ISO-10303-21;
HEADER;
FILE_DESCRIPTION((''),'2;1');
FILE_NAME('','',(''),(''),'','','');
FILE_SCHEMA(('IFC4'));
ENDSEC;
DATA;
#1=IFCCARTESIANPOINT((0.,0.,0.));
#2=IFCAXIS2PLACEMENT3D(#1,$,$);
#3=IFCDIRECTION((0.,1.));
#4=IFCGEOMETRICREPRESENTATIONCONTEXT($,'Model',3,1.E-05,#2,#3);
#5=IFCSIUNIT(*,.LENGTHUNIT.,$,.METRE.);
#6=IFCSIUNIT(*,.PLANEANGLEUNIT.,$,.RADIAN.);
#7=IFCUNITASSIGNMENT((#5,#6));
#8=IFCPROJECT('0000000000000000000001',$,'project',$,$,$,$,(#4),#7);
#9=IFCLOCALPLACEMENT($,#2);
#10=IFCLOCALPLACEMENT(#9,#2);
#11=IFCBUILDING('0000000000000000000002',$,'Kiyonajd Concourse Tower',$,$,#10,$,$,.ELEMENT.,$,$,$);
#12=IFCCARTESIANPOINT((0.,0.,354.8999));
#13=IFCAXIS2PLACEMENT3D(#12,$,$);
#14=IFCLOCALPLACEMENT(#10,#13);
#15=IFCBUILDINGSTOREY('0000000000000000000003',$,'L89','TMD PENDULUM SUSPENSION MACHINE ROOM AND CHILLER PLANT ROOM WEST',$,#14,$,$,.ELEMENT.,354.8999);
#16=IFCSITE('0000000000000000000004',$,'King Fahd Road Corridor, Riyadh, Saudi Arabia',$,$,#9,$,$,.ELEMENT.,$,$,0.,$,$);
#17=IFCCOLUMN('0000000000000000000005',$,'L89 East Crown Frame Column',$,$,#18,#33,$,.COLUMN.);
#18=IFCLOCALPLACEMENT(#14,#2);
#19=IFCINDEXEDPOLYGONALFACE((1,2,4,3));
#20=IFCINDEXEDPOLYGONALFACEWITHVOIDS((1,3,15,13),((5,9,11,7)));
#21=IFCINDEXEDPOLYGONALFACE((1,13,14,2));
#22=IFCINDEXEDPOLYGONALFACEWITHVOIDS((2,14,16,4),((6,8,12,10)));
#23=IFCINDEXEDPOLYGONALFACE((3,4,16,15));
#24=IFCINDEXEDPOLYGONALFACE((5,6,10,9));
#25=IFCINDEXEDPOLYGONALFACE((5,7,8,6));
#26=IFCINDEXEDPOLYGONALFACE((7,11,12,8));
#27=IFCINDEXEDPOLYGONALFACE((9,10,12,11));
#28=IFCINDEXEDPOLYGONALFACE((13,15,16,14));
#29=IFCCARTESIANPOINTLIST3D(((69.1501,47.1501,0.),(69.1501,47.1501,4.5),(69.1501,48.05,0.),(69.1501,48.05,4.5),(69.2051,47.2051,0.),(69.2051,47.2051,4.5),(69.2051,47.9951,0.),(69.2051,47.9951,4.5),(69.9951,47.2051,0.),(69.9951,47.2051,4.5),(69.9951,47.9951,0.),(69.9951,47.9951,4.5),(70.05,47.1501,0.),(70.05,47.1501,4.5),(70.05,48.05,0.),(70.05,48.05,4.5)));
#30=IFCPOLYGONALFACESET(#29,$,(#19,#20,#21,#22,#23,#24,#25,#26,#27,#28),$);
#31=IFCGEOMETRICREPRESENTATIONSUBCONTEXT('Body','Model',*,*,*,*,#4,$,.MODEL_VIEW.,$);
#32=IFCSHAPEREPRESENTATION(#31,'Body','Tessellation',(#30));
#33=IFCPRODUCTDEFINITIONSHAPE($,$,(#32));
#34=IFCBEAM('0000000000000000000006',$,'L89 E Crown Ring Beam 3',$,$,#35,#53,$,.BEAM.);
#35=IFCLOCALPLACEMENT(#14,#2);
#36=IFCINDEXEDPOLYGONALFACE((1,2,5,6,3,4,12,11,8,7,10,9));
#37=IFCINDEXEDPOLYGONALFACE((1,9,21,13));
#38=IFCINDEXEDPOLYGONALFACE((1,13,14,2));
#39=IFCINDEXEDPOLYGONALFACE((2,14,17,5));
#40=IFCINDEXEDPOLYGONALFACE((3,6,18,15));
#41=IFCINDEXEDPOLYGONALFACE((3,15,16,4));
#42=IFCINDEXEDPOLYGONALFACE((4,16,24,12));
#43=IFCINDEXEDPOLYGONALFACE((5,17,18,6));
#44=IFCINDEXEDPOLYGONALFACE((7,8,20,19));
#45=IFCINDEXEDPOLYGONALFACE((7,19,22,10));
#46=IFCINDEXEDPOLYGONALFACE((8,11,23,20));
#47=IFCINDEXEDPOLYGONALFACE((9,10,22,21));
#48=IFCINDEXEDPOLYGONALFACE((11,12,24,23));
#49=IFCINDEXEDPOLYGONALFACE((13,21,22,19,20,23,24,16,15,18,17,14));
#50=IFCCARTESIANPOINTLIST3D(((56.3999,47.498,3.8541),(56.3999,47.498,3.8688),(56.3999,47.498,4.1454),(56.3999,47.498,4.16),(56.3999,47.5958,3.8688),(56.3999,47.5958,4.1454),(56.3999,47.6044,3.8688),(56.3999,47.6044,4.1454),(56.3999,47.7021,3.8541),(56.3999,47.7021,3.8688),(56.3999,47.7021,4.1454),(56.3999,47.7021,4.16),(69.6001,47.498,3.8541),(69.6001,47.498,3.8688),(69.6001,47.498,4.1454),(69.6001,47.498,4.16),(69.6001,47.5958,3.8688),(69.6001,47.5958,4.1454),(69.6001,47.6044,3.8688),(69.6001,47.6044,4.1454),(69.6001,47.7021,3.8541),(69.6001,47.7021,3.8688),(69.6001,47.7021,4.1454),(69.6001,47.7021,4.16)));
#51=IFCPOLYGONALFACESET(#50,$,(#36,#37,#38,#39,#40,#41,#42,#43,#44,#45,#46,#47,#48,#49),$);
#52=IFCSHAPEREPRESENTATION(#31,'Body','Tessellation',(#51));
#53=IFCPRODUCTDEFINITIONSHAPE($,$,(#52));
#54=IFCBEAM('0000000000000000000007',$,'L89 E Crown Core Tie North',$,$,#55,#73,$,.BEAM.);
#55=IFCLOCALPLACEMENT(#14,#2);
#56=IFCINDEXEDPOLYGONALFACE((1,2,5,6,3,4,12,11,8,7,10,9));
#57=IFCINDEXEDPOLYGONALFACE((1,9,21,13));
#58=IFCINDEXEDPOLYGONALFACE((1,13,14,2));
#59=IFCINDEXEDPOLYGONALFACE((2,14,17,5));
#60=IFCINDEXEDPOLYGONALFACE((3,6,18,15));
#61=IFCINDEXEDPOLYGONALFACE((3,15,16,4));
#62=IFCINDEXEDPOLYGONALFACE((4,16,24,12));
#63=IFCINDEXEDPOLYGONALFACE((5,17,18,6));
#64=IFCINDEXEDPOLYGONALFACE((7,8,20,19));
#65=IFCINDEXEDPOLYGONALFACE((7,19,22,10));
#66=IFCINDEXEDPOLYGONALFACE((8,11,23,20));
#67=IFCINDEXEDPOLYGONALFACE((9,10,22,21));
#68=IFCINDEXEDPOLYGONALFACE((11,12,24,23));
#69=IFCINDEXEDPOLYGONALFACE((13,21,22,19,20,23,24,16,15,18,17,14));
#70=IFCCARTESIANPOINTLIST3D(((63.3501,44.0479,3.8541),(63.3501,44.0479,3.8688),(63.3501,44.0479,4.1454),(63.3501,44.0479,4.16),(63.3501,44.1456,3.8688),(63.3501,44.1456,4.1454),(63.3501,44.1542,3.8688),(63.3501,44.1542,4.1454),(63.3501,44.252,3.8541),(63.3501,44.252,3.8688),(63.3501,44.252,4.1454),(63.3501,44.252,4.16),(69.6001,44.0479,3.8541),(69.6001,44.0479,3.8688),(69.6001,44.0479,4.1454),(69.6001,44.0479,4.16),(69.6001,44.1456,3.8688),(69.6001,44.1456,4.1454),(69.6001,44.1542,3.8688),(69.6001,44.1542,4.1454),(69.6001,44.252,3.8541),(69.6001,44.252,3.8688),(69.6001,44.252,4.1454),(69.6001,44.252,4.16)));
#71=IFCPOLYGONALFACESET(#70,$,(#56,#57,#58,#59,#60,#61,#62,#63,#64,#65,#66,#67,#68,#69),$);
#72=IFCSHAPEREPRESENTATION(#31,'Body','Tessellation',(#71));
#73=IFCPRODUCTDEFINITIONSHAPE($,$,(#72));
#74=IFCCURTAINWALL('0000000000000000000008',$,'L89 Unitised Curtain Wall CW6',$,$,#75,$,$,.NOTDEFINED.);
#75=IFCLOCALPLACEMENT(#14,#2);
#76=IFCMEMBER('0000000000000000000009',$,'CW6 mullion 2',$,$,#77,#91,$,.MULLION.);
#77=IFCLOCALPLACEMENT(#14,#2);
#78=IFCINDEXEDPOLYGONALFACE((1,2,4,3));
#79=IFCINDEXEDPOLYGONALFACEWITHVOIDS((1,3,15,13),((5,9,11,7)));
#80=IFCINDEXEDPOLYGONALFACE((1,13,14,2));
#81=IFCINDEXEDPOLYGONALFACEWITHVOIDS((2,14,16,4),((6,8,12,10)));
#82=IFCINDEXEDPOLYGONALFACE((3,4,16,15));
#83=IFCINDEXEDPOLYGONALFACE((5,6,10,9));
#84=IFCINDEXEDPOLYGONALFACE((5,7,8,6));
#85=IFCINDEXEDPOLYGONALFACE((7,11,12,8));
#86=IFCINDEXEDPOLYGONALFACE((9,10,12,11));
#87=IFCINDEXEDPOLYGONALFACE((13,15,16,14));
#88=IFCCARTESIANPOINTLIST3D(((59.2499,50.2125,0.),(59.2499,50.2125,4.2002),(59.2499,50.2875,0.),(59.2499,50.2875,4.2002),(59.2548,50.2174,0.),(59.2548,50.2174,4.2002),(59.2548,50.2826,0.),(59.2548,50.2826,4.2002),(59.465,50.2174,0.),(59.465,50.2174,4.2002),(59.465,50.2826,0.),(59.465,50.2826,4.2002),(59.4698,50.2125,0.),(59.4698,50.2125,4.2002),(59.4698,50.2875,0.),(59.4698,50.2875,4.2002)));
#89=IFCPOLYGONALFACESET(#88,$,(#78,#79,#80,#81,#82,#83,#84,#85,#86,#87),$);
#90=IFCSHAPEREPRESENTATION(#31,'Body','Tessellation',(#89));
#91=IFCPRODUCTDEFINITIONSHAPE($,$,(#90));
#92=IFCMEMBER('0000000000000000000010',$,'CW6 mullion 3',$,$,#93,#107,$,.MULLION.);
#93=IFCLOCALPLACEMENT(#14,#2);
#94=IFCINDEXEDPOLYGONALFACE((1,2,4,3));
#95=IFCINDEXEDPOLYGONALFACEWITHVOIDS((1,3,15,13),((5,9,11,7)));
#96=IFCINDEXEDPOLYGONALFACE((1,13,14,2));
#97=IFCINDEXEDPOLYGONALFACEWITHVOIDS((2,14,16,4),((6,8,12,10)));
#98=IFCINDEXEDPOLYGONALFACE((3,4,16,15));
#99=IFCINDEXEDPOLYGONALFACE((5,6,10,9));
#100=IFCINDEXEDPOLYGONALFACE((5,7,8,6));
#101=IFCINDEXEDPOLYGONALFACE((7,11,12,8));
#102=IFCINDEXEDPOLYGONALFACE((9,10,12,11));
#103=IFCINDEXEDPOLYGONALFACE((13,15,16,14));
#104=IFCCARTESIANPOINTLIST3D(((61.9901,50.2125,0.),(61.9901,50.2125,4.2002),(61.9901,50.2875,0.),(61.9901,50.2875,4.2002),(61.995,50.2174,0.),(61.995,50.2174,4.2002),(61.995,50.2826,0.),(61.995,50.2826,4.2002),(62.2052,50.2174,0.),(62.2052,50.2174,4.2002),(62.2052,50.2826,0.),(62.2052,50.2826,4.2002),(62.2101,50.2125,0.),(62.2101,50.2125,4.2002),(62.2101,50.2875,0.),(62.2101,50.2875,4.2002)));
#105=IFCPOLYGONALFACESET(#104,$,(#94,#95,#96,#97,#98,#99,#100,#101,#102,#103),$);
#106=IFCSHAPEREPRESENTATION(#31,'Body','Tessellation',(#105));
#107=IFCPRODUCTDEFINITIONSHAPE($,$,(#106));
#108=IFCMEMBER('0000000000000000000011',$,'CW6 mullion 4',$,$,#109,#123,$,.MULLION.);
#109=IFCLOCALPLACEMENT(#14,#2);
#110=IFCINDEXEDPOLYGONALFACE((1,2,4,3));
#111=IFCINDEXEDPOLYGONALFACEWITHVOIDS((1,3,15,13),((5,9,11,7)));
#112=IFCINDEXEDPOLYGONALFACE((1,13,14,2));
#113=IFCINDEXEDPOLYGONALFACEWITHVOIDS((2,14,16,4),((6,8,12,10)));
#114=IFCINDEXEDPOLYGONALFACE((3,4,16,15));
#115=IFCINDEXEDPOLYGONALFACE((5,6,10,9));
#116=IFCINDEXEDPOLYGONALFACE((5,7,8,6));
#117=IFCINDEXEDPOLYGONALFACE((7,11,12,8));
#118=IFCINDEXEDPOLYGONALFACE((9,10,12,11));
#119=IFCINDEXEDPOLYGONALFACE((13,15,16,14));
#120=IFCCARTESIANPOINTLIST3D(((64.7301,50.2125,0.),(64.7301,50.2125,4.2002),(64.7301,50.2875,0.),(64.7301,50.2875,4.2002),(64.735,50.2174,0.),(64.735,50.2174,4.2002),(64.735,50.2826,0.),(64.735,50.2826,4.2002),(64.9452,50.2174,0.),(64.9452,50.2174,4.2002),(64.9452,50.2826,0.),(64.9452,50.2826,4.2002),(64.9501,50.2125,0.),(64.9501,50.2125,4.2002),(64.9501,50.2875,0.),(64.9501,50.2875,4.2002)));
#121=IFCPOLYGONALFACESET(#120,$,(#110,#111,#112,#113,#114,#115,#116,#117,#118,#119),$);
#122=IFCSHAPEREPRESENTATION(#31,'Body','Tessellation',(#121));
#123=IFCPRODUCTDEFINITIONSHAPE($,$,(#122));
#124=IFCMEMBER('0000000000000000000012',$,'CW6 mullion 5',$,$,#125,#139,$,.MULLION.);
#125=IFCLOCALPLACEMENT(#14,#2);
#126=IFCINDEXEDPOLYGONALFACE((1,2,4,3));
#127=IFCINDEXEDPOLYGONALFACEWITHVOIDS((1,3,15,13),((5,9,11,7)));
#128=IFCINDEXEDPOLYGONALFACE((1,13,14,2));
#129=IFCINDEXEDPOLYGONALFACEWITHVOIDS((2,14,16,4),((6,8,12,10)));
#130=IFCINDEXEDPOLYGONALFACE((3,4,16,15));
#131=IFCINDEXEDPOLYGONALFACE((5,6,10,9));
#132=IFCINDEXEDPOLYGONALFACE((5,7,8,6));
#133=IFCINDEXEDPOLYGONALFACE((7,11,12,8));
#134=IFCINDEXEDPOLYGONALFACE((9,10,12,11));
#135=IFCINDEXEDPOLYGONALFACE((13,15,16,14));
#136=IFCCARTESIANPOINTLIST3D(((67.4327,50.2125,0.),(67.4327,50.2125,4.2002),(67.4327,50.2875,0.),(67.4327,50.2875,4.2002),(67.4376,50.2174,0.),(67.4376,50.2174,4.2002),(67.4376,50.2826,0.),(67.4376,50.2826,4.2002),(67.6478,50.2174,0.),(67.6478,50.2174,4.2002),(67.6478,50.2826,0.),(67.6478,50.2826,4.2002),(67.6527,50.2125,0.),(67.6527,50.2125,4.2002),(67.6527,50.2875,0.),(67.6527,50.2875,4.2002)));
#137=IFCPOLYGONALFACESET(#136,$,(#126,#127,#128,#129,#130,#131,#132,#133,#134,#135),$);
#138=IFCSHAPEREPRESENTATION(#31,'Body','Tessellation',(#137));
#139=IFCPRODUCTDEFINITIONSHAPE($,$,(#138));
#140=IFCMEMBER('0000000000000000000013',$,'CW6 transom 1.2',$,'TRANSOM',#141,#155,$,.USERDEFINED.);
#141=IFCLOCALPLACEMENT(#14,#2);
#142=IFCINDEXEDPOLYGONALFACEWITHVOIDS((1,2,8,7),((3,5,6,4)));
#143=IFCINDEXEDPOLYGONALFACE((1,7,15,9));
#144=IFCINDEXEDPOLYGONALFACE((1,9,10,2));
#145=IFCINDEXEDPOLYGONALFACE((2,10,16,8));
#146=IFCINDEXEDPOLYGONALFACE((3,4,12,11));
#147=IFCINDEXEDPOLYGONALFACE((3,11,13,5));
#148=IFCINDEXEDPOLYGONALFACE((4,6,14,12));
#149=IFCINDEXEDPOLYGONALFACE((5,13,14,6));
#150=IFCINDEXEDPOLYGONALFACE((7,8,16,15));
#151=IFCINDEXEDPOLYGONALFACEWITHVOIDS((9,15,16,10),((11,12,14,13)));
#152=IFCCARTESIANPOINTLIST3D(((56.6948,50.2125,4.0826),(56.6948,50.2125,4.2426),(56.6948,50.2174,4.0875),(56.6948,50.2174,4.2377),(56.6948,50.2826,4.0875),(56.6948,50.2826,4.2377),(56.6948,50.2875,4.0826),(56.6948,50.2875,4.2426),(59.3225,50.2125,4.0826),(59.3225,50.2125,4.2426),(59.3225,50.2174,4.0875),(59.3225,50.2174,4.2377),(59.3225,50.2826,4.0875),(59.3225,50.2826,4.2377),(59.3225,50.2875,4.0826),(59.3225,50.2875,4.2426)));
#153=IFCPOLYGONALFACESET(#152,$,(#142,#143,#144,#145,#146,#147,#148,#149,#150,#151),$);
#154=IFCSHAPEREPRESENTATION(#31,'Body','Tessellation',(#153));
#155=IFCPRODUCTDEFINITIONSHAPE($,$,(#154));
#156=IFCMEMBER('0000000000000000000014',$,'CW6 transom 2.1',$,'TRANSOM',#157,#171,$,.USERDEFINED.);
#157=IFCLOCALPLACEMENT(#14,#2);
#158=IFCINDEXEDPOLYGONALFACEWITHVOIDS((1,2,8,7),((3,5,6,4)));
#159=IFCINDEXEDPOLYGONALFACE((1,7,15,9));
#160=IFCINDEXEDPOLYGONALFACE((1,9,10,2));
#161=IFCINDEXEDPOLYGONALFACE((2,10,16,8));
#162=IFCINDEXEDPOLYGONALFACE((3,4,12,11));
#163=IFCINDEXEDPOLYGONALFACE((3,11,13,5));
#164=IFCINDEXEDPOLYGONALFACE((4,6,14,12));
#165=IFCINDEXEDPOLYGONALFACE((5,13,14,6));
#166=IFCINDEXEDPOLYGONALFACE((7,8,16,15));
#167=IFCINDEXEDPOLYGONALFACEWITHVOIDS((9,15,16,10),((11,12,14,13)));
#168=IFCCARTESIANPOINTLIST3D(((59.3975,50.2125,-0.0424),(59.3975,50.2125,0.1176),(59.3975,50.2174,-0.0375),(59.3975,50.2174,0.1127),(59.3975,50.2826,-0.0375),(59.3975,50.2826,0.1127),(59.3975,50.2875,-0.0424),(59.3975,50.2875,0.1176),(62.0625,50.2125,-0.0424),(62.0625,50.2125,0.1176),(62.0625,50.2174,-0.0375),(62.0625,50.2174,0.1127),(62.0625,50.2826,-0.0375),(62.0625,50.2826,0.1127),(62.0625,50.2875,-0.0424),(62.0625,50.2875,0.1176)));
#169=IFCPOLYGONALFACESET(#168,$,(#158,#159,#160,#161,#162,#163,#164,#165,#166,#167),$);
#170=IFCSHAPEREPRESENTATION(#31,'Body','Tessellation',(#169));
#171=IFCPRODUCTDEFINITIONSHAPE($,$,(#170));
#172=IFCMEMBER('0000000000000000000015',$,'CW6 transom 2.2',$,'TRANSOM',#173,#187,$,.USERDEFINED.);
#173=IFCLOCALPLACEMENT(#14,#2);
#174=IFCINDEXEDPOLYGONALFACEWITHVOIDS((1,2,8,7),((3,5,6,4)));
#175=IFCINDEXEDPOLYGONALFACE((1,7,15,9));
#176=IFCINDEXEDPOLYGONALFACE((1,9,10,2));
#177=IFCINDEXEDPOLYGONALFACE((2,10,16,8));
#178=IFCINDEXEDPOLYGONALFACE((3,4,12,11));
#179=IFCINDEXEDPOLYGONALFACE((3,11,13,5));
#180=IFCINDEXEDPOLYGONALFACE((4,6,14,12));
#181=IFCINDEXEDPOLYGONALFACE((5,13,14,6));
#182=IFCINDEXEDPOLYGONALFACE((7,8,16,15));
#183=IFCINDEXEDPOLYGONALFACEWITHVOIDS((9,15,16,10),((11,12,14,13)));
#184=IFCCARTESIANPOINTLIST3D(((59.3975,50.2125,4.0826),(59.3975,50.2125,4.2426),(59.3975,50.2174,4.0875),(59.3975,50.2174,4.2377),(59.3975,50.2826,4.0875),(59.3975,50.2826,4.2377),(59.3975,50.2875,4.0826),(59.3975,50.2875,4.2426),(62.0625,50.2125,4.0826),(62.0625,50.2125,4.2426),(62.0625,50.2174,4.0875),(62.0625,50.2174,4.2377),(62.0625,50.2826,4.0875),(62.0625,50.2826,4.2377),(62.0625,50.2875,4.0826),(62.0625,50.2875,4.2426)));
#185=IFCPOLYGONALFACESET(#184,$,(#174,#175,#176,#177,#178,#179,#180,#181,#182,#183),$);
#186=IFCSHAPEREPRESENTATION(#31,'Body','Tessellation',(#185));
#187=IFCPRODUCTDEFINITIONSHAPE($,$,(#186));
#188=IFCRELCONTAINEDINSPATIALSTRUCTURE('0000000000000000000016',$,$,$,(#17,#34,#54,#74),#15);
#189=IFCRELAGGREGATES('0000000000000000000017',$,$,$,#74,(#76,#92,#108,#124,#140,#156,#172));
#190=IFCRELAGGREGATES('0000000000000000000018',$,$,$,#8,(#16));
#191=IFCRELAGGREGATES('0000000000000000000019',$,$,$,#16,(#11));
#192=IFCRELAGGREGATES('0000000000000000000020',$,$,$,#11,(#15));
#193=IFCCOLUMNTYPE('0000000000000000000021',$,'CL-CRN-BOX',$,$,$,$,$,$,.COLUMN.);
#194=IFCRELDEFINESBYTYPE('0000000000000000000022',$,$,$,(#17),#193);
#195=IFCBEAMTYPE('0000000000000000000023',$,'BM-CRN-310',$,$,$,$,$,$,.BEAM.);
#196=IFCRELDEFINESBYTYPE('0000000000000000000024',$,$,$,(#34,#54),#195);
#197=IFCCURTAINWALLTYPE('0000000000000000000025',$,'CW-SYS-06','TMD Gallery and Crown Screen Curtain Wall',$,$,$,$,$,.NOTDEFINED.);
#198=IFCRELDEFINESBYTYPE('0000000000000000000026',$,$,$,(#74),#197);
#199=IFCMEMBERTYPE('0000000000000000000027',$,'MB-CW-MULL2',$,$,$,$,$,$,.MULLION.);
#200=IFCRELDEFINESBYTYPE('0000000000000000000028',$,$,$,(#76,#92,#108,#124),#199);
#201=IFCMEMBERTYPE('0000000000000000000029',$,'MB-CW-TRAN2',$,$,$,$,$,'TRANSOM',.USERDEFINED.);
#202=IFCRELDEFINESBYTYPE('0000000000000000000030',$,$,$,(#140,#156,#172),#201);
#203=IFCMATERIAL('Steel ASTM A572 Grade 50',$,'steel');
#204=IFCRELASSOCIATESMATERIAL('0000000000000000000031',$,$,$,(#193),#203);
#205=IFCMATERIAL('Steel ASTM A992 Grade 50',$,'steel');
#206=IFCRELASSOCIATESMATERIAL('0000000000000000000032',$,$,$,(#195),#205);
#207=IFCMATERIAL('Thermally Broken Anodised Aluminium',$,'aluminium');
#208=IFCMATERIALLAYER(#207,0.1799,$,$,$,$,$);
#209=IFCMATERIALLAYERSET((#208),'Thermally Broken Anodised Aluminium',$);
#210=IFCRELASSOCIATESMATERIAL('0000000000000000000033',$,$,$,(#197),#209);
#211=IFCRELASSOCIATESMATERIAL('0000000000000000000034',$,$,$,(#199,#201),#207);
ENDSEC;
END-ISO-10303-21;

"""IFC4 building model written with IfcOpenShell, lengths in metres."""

from ifc_helpers import new_model, si_unit, direction, frame, origin, origin_2d, place, context, subcontext, project, spatial, hollow_rectangle, i_section, extrude, material, layer, layer_set, material_profile, profile_set, type_object, element, aggregate, save


model = new_model("IFC4")

# Units and contexts
model_context = context("Model", 3, precision=1e-05, world=origin(), true_north=direction((0.0, 1.0)))
body_context = subcontext(model_context, "Body", "Model", "MODEL_VIEW")
ifc_project = project(units=[si_unit("LENGTHUNIT", "METRE"), si_unit("PLANEANGLEUNIT", "RADIAN")], contexts=[model_context])

# Site, building, storey
site_placement = place(None, origin())
site = spatial("IfcSite", under=ifc_project, at=site_placement, Name="King Fahd Road Corridor, Riyadh, Saudi Arabia", CompositionType="ELEMENT", RefElevation=0.0)
building_placement = place(site_placement, origin())
building = spatial("IfcBuilding", under=site, at=building_placement, Name="Kiyonajd Concourse Tower", CompositionType="ELEMENT")
storey_placement = place(building_placement, frame((0.0, 0.0, 354.8999)))
storey = spatial("IfcBuildingStorey", under=building, at=storey_placement, Name="L89", Description="TMD PENDULUM SUSPENSION MACHINE ROOM AND CHILLER PLANT ROOM WEST", CompositionType="ELEMENT", Elevation=354.8999)

# Column
ifc_material_1 = material(Name="Steel ASTM A572 Grade 50", Category="steel")
ifc_material_profile_1 = material_profile(ifc_material_1, hollow_rectangle(XDim=0.8999, YDim=0.8999, WallThickness=0.0549, at=origin_2d()), Name="BOX-900x900x55")
ifc_profile_set_1 = profile_set([ifc_material_profile_1], Name="Steel ASTM A572 Grade 50")
column_type = type_object("IfcColumnType", Name="CL-CRN-BOX", PredefinedType="COLUMN", material=ifc_profile_set_1)
column_placement = place(storey_placement, frame((69.6001, 47.6001, 0.0), z_axis=(0.0, 0.0, 1.0), x_axis=(1.0, 0.0, 0.0)))
element("IfcColumn", 1, at=column_placement, inside=storey, type_object=column_type, Name="L89 East Crown Frame Column", PredefinedType="COLUMN", context=body_context, shape_type="SweptSolid", body=[
    extrude(hollow_rectangle(XDim=0.8999, YDim=0.8999, WallThickness=0.0549, at=origin_2d()), origin(), (0.0, 0.0, 1.0), 4.5),
])

# Beams
ifc_material_2 = material(Name="Steel ASTM A992 Grade 50", Category="steel")
ifc_material_profile_2 = material_profile(ifc_material_2, i_section(OverallWidth=0.2041, OverallDepth=0.3059, WebThickness=0.0085, FlangeThickness=0.0146, at=origin_2d()), Name="W310X67")
ifc_profile_set_2 = profile_set([ifc_material_profile_2], Name="Steel ASTM A992 Grade 50")
beam_type = type_object("IfcBeamType", Name="BM-CRN-310", PredefinedType="BEAM", material=ifc_profile_set_2)
beam_1_placement = place(storey_placement, frame((69.6001, 47.6001, 4.0071), z_axis=(-1.0, 0.0, 0.0), x_axis=(0.0, -1.0, 0.0)))
element("IfcBeam", 2, at=beam_1_placement, inside=storey, type_object=beam_type, Name="L89 E Crown Ring Beam 3", PredefinedType="BEAM", context=body_context, shape_type="SweptSolid", body=[
    extrude(i_section(OverallWidth=0.2041, OverallDepth=0.3059, WebThickness=0.0085, FlangeThickness=0.0146, at=origin_2d()), origin(), (0.0, 0.0, 1.0), 13.2002),
])
beam_2_placement = place(storey_placement, frame((63.3501, 44.1499, 4.0071), z_axis=(1.0, 0.0, 0.0), x_axis=(0.0, 1.0, 0.0)))
element("IfcBeam", 3, at=beam_2_placement, inside=storey, type_object=beam_type, Name="L89 E Crown Core Tie North", PredefinedType="BEAM", context=body_context, shape_type="SweptSolid", body=[
    extrude(i_section(OverallWidth=0.2041, OverallDepth=0.3059, WebThickness=0.0085, FlangeThickness=0.0146, at=origin_2d()), origin(), (0.0, 0.0, 1.0), 6.25),
])

# Curtain wall, members
ifc_material_3 = material(Name="Thermally Broken Anodised Aluminium", Category="aluminium")
ifc_layer_1 = layer(ifc_material_3, 0.1799)
ifc_layer_set_1 = layer_set([ifc_layer_1], Name="Thermally Broken Anodised Aluminium")
curtain_wall_type = type_object("IfcCurtainWallType", Name="CW-SYS-06", Description="TMD Gallery and Crown Screen Curtain Wall", PredefinedType="NOTDEFINED", material=ifc_layer_set_1)
curtain_wall_placement = place(storey_placement, origin())
curtain_wall = element("IfcCurtainWall", 4, at=curtain_wall_placement, inside=storey, type_object=curtain_wall_type, Name="L89 Unitised Curtain Wall CW6", PredefinedType="NOTDEFINED")
ifc_material_profile_3 = material_profile(ifc_material_3, hollow_rectangle(XDim=0.075, YDim=0.22, WallThickness=0.0049, at=origin_2d()), Name="MULL-75x220")
ifc_profile_set_3 = profile_set([ifc_material_profile_3], Name="Thermally Broken Anodised Aluminium")
member_type_1 = type_object("IfcMemberType", Name="MB-CW-MULL2", PredefinedType="MULLION", material=ifc_profile_set_3)
member_1_placement = place(storey_placement, frame((59.3599, 50.25, 0.0), z_axis=(0.0, 0.0, 1.0), x_axis=(0.0, 1.0, 0.0)))
member_1 = element("IfcMember", 5, at=member_1_placement, type_object=member_type_1, Name="CW6 mullion 2", PredefinedType="MULLION", context=body_context, shape_type="SweptSolid", body=[
    extrude(hollow_rectangle(XDim=0.075, YDim=0.22, WallThickness=0.0049, at=origin_2d()), origin(), (0.0, 0.0, 1.0), 4.2002),
])
member_2_placement = place(storey_placement, frame((62.1001, 50.25, 0.0), z_axis=(0.0, 0.0, 1.0), x_axis=(0.0, 1.0, 0.0)))
member_2 = element("IfcMember", 6, at=member_2_placement, type_object=member_type_1, Name="CW6 mullion 3", PredefinedType="MULLION", context=body_context, shape_type="SweptSolid", body=[
    extrude(hollow_rectangle(XDim=0.075, YDim=0.22, WallThickness=0.0049, at=origin_2d()), origin(), (0.0, 0.0, 1.0), 4.2002),
])
member_3_placement = place(storey_placement, frame((64.8401, 50.25, 0.0), z_axis=(0.0, 0.0, 1.0), x_axis=(0.0, 1.0, 0.0)))
member_3 = element("IfcMember", 7, at=member_3_placement, type_object=member_type_1, Name="CW6 mullion 4", PredefinedType="MULLION", context=body_context, shape_type="SweptSolid", body=[
    extrude(hollow_rectangle(XDim=0.075, YDim=0.22, WallThickness=0.0049, at=origin_2d()), origin(), (0.0, 0.0, 1.0), 4.2002),
])
member_4_placement = place(storey_placement, frame((67.5427, 50.25, 0.0), z_axis=(0.0, 0.0, 1.0), x_axis=(0.0, 1.0, 0.0)))
member_4 = element("IfcMember", 8, at=member_4_placement, type_object=member_type_1, Name="CW6 mullion 5", PredefinedType="MULLION", context=body_context, shape_type="SweptSolid", body=[
    extrude(hollow_rectangle(XDim=0.075, YDim=0.22, WallThickness=0.0049, at=origin_2d()), origin(), (0.0, 0.0, 1.0), 4.2002),
])
ifc_material_profile_4 = material_profile(ifc_material_3, hollow_rectangle(XDim=0.075, YDim=0.1599, WallThickness=0.0049, at=origin_2d()), Name="TRAN-75x160")
ifc_profile_set_4 = profile_set([ifc_material_profile_4], Name="Thermally Broken Anodised Aluminium")
member_type_2 = type_object("IfcMemberType", Name="MB-CW-TRAN2", ElementType="TRANSOM", PredefinedType="USERDEFINED", material=ifc_profile_set_4)
member_5_placement = place(storey_placement, frame((56.6948, 50.25, 4.1626), z_axis=(1.0, 0.0, 0.0), x_axis=(0.0, 1.0, 0.0)))
member_5 = element("IfcMember", 9, at=member_5_placement, type_object=member_type_2, Name="CW6 transom 1.2", ObjectType="TRANSOM", PredefinedType="USERDEFINED", context=body_context, shape_type="SweptSolid", body=[
    extrude(hollow_rectangle(XDim=0.075, YDim=0.1599, WallThickness=0.0049, at=origin_2d()), origin(), (0.0, 0.0, 1.0), 2.6277),
])
member_6_placement = place(storey_placement, frame((59.3975, 50.25, 0.0376), z_axis=(1.0, 0.0, 0.0), x_axis=(0.0, 1.0, 0.0)))
member_6 = element("IfcMember", 10, at=member_6_placement, type_object=member_type_2, Name="CW6 transom 2.1", ObjectType="TRANSOM", PredefinedType="USERDEFINED", context=body_context, shape_type="SweptSolid", body=[
    extrude(hollow_rectangle(XDim=0.075, YDim=0.1599, WallThickness=0.0049, at=origin_2d()), origin(), (0.0, 0.0, 1.0), 2.665),
])
member_7_placement = place(storey_placement, frame((59.3975, 50.25, 4.1626), z_axis=(1.0, 0.0, 0.0), x_axis=(0.0, 1.0, 0.0)))
member_7 = element("IfcMember", 11, at=member_7_placement, type_object=member_type_2, Name="CW6 transom 2.2", ObjectType="TRANSOM", PredefinedType="USERDEFINED", context=body_context, shape_type="SweptSolid", body=[
    extrude(hollow_rectangle(XDim=0.075, YDim=0.1599, WallThickness=0.0049, at=origin_2d()), origin(), (0.0, 0.0, 1.0), 2.665),
])

aggregate(curtain_wall, [member_1, member_2, member_3, member_4, member_5, member_6, member_7])

save(model, "model.ifc")
